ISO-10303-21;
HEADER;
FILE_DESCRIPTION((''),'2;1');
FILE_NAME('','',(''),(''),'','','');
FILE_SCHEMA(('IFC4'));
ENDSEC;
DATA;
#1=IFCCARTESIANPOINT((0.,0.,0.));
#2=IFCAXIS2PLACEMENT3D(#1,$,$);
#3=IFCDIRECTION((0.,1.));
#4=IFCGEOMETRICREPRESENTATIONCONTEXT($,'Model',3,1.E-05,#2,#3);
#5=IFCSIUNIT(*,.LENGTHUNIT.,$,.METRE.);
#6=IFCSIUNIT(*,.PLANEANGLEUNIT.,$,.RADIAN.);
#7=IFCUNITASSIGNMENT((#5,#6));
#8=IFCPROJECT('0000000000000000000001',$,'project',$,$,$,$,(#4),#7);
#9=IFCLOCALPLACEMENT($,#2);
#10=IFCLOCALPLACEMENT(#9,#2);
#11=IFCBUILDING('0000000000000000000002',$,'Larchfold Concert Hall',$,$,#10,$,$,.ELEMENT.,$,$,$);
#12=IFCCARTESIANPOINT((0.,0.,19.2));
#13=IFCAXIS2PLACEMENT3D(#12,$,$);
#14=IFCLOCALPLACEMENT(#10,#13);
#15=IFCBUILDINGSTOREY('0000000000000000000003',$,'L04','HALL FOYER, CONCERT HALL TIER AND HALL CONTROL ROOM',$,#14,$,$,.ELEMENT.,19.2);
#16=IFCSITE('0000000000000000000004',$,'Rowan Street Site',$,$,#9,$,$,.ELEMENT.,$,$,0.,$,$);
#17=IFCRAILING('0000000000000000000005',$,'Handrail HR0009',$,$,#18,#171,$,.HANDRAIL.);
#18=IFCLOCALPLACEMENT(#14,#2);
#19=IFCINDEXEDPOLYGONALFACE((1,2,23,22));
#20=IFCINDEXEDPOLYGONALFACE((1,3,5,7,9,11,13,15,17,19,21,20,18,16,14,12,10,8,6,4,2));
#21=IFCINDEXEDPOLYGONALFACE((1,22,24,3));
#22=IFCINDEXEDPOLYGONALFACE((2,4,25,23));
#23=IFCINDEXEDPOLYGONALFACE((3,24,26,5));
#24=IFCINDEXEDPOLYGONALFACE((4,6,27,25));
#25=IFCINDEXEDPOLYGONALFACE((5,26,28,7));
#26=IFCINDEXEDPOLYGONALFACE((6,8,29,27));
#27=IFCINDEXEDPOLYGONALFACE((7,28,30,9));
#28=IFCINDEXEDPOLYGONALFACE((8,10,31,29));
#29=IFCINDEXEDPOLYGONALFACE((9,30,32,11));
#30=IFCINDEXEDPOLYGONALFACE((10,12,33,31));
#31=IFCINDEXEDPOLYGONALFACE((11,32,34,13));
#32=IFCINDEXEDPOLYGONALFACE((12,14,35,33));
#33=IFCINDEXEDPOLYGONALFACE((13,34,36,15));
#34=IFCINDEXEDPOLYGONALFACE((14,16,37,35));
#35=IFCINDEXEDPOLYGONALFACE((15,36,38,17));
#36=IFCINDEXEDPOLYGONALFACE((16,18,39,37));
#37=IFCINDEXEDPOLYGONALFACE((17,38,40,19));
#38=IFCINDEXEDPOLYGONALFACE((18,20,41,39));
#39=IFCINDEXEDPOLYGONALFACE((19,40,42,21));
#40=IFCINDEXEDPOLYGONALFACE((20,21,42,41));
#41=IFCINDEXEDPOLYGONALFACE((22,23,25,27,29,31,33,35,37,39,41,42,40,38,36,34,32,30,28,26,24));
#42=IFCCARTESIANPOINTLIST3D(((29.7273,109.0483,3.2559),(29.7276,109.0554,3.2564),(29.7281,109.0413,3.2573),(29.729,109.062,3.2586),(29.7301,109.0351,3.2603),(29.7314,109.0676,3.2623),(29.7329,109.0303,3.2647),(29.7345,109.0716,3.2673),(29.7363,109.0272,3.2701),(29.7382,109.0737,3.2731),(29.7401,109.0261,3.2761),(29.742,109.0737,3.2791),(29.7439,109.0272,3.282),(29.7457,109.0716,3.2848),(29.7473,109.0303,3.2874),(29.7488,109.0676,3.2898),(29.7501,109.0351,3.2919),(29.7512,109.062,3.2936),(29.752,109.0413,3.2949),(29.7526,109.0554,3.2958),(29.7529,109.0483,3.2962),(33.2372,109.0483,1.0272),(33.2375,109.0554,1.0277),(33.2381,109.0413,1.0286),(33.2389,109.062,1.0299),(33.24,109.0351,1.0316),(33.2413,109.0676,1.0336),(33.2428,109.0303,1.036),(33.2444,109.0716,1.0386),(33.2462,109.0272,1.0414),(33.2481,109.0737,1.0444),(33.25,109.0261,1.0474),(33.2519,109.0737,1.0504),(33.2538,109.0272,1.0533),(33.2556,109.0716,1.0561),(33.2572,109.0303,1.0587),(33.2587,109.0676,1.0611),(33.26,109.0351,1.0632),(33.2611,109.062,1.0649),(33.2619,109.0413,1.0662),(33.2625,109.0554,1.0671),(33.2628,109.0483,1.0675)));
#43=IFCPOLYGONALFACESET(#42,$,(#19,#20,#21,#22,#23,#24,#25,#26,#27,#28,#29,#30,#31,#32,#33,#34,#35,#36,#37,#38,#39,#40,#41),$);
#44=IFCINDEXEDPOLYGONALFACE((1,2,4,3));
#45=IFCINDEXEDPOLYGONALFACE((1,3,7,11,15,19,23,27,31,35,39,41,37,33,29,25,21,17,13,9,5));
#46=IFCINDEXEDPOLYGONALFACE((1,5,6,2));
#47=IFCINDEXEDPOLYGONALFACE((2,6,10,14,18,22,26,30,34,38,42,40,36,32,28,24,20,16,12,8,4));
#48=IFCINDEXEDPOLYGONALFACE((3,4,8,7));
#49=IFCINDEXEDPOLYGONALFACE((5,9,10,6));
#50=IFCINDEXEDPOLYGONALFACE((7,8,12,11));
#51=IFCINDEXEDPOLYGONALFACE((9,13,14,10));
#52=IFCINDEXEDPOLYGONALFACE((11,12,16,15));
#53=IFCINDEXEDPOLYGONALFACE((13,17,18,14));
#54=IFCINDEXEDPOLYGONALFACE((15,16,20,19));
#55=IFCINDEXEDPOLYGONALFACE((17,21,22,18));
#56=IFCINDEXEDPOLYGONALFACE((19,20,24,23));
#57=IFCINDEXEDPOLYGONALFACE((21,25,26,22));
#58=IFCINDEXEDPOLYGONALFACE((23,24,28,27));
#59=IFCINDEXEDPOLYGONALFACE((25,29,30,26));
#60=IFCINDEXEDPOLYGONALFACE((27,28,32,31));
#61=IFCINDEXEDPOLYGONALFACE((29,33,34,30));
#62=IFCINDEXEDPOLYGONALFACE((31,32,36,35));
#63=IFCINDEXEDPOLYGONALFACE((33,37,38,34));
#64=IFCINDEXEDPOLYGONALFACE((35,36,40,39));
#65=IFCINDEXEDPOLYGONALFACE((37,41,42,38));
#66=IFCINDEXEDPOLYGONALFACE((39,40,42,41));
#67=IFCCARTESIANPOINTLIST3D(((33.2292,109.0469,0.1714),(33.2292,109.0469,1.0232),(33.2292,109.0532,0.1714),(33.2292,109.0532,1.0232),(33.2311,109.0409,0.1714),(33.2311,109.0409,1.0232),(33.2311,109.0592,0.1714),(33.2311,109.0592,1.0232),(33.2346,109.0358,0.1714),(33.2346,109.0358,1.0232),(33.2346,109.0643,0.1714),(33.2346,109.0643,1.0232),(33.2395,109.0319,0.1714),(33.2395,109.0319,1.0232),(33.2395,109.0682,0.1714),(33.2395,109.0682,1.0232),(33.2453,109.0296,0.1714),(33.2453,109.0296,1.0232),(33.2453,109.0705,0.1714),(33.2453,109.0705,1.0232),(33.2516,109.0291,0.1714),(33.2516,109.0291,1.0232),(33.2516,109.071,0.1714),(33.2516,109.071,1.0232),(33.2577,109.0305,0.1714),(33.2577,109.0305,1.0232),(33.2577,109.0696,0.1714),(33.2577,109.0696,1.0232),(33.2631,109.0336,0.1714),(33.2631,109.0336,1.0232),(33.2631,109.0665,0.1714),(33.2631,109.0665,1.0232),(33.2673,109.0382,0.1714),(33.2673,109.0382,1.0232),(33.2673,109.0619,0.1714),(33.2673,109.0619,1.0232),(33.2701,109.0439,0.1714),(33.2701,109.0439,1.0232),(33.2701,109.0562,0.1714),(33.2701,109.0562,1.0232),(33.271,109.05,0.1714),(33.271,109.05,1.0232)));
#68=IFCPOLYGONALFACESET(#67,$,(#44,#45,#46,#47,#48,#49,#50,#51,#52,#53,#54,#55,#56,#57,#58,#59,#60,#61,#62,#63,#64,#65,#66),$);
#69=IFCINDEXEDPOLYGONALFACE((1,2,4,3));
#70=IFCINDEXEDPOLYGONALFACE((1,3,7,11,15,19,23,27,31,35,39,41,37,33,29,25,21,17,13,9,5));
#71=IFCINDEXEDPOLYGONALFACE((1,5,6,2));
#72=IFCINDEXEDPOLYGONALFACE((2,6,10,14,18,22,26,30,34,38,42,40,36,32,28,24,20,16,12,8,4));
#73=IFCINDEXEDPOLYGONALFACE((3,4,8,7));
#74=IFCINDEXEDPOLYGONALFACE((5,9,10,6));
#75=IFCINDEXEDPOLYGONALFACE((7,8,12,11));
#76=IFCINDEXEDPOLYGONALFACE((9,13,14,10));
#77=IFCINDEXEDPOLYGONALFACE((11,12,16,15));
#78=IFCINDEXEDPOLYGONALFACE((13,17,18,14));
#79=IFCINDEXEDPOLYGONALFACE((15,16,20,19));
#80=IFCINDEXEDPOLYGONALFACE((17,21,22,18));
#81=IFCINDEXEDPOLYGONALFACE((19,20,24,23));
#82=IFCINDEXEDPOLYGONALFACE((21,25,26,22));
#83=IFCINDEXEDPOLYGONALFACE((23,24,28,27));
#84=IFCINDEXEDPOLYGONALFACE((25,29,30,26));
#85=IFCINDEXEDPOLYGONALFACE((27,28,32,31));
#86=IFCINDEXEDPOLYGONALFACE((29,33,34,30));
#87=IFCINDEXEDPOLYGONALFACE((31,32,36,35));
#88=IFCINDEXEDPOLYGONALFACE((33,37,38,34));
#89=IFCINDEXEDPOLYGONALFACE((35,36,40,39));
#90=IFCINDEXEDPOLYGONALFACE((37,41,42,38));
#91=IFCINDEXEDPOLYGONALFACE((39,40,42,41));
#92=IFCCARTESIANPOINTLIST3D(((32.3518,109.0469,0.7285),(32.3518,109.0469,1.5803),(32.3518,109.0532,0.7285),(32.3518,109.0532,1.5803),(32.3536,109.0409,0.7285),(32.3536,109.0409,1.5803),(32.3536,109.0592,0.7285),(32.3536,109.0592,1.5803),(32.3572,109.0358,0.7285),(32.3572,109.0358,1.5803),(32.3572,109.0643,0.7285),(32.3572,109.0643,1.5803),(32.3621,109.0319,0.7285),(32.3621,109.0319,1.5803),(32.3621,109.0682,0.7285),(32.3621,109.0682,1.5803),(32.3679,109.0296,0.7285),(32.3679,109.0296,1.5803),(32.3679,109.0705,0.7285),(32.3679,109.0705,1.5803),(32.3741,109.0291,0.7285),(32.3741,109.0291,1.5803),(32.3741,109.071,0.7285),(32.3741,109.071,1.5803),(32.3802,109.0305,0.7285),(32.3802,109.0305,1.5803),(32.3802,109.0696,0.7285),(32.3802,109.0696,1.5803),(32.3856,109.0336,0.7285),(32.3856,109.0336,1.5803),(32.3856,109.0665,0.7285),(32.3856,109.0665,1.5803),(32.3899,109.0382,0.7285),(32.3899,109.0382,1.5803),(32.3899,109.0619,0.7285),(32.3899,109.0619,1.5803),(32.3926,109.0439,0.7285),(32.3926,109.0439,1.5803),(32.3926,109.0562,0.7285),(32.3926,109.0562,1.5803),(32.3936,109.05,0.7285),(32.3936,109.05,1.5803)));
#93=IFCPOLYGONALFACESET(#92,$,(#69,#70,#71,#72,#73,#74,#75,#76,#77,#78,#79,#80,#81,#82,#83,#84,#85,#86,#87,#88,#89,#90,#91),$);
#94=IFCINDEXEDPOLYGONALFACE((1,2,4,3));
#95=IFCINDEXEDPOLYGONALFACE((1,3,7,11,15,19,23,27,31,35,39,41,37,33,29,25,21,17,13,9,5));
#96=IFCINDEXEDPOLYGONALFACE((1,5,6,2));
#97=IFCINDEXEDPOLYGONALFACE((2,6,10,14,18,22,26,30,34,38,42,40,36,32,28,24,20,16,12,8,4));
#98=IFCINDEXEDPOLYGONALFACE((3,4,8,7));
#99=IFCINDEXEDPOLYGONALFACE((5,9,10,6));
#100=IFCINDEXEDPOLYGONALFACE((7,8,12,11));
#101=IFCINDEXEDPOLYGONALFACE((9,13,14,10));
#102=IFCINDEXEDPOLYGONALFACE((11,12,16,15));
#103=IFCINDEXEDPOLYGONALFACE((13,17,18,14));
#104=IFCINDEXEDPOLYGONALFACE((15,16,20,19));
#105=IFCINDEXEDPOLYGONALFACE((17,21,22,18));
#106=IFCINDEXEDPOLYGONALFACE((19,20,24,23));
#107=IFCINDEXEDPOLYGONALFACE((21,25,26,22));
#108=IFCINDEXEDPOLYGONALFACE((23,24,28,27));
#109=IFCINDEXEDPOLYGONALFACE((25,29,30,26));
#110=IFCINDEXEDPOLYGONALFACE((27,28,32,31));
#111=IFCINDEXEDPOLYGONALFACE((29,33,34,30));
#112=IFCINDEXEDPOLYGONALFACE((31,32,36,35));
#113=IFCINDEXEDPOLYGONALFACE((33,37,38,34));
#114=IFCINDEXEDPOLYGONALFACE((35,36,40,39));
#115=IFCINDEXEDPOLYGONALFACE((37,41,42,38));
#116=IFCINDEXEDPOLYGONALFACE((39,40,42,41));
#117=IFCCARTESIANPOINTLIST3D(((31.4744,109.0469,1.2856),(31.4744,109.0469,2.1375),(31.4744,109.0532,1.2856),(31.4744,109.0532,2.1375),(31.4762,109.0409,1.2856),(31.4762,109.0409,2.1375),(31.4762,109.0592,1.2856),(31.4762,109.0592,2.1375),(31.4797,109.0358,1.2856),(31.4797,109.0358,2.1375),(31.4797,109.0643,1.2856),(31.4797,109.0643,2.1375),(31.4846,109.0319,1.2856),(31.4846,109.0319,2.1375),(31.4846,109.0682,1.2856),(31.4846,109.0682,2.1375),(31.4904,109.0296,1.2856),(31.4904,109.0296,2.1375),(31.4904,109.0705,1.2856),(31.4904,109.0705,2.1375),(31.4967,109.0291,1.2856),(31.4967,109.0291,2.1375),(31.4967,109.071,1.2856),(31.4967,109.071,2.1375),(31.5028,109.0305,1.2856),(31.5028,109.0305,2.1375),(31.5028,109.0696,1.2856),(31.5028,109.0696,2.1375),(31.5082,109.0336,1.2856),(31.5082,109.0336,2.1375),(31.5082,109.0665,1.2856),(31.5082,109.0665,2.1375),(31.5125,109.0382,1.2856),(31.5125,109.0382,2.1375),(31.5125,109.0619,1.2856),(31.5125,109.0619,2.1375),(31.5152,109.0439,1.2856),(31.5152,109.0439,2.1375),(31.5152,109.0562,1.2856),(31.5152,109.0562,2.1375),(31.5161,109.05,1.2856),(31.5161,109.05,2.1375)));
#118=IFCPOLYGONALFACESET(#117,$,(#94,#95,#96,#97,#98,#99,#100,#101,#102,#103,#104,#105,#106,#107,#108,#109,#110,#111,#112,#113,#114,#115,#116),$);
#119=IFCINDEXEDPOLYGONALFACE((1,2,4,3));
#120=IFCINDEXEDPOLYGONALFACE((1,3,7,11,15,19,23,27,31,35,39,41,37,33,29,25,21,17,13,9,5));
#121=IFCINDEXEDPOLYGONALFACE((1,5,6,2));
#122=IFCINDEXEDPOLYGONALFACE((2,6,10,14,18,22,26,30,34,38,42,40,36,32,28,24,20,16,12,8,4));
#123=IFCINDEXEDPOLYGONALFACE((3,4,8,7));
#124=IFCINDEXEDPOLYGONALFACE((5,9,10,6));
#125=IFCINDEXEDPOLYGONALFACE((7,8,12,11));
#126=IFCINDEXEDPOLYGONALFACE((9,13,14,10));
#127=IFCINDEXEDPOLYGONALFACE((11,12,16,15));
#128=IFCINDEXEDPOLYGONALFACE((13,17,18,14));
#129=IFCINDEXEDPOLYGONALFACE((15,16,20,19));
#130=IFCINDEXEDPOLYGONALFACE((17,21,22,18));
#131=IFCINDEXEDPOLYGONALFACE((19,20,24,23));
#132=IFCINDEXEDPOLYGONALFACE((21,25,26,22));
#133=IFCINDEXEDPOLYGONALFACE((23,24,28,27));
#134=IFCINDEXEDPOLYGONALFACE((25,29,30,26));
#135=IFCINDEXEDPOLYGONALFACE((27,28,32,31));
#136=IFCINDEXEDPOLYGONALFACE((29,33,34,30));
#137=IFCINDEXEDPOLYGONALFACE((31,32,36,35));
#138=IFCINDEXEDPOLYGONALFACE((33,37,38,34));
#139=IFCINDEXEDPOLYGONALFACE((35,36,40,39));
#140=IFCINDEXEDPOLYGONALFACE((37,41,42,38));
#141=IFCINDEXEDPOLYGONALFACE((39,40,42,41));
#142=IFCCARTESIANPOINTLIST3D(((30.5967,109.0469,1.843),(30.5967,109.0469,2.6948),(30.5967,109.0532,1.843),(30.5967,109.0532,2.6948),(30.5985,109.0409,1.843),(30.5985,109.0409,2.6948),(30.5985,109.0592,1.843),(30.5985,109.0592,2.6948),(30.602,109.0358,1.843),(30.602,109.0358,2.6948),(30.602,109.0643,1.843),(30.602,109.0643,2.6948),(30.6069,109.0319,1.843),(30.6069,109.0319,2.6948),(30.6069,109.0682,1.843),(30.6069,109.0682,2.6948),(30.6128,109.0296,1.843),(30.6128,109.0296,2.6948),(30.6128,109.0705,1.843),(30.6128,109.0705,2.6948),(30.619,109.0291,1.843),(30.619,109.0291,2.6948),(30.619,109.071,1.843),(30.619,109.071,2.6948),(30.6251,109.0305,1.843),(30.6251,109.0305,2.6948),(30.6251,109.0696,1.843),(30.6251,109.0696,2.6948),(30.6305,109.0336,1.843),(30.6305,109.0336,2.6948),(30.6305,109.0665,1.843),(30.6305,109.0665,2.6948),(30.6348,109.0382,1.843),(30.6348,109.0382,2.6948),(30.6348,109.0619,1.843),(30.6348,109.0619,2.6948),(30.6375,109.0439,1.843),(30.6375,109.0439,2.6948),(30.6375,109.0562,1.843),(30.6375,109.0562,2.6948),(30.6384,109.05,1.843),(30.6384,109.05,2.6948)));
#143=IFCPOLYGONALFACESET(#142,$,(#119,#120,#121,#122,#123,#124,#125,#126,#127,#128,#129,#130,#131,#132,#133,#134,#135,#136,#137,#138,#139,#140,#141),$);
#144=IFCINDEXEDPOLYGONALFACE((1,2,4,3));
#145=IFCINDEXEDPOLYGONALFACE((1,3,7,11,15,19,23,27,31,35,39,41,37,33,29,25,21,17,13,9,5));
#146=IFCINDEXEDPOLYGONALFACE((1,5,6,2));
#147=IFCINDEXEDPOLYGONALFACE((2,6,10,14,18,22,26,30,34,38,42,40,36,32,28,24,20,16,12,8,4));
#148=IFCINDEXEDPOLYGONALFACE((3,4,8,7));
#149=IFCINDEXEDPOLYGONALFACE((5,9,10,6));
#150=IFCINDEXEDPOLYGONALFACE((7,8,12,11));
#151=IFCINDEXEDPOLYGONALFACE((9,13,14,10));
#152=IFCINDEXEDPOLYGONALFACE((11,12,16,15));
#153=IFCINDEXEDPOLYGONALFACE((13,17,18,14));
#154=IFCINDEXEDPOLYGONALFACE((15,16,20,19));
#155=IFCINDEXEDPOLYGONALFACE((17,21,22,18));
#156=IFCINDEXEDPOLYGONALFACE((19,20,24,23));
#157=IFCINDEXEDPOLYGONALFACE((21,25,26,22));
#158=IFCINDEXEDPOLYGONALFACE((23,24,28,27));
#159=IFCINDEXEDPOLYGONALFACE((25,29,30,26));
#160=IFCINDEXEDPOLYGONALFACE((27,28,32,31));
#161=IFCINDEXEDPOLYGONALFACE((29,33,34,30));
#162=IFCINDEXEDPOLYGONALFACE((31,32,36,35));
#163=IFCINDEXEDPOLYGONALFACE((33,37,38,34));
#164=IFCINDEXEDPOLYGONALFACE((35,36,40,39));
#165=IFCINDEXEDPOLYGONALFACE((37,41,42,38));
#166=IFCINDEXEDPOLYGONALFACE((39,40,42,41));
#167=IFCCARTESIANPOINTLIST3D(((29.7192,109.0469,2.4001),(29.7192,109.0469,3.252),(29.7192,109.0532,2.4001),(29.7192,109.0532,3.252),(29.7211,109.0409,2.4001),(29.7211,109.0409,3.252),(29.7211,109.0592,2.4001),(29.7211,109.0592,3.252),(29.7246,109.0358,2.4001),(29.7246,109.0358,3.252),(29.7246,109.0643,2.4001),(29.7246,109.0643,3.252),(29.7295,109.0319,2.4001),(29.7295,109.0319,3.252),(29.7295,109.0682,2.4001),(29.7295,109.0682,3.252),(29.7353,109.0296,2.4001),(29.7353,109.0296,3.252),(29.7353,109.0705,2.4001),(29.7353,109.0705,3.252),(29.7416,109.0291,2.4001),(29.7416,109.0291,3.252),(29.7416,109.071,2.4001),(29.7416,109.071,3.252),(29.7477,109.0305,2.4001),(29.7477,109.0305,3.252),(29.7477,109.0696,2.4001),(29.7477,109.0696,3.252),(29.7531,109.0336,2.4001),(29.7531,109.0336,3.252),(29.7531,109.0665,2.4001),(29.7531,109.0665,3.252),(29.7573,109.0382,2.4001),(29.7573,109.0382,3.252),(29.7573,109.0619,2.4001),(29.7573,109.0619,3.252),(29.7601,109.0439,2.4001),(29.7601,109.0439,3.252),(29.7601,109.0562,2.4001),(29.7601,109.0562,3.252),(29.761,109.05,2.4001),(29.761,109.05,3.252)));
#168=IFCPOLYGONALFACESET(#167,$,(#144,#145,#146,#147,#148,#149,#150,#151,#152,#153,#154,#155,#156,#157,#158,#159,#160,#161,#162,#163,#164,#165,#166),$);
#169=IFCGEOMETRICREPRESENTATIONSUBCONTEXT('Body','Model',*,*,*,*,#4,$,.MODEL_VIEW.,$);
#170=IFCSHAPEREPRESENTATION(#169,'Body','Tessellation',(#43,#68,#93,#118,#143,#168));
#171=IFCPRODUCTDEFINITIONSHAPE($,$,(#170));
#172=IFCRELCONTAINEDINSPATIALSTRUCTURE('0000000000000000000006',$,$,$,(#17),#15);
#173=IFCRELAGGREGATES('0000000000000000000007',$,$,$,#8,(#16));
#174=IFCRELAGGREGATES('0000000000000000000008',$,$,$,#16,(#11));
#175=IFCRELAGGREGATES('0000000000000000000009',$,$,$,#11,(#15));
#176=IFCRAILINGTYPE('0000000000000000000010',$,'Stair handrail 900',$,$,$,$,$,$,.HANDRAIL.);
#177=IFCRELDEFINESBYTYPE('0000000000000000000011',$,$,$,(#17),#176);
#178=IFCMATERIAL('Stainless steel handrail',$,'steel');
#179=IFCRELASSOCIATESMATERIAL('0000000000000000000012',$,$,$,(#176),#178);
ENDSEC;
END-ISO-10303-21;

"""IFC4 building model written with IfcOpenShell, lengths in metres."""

from ifc_helpers import new_model, si_unit, direction, frame, origin, origin_2d, place, context, subcontext, project, spatial, circle, extrude, material, type_object, element, save


model = new_model("IFC4")

# Units and contexts
model_context = context("Model", 3, precision=1e-05, world=origin(), true_north=direction((0.0, 1.0)))
body_context = subcontext(model_context, "Body", "Model", "MODEL_VIEW")
ifc_project = project(units=[si_unit("LENGTHUNIT", "METRE"), si_unit("PLANEANGLEUNIT", "RADIAN")], contexts=[model_context])

# Site, building, storey
site_placement = place(None, origin())
site = spatial("IfcSite", under=ifc_project, at=site_placement, Name="Rowan Street Site", CompositionType="ELEMENT", RefElevation=0.0)
building_placement = place(site_placement, origin())
building = spatial("IfcBuilding", under=site, at=building_placement, Name="Larchfold Concert Hall", CompositionType="ELEMENT")
storey_placement = place(building_placement, frame((0.0, 0.0, 19.2)))
storey = spatial("IfcBuildingStorey", under=building, at=storey_placement, Name="L04", Description="HALL FOYER, CONCERT HALL TIER AND HALL CONTROL ROOM", CompositionType="ELEMENT", Elevation=19.2)

# Railing
ifc_material_1 = material(Name="Stainless steel handrail", Category="steel")
railing_type_1 = type_object("IfcRailingType", Name="Stair handrail 900", PredefinedType="HANDRAIL", material=ifc_material_1)
for number, where, name in (
    (1, (33.25, 109.05, 0.1714), "Handrail HR0009"),
):
    element("IfcRailing", number, at=place(storey_placement, frame(where)), inside=storey, type_object=railing_type_1, Name=name, PredefinedType="HANDRAIL", context=body_context, shape_type="SweptSolid", body=[
        extrude(circle(Radius=0.0239, at=origin_2d()), frame((0.0, 0.0, 0.876), z_axis=(-0.844193, 0.0, 0.536039), x_axis=(0.0, -1.0, 0.0)), (0.0, 0.0, 1.0), 4.1577),
        extrude(circle(Radius=0.021, at=origin_2d()), origin(), (0.0, 0.0, 1.0), 0.8518),
        extrude(circle(Radius=0.021, at=origin_2d()), frame((-0.8774, 0.0, 0.5571)), (0.0, 0.0, 1.0), 0.8518),
        extrude(circle(Radius=0.021, at=origin_2d()), frame((-1.7549, 0.0, 1.1143)), (0.0, 0.0, 1.0), 0.8518),
        extrude(circle(Radius=0.021, at=origin_2d()), frame((-2.6326, 0.0, 1.6716)), (0.0, 0.0, 1.0), 0.8518),
        extrude(circle(Radius=0.021, at=origin_2d()), frame((-3.51, 0.0, 2.2288)), (0.0, 0.0, 1.0), 0.8518),
    ])

save(model, "model.ifc")
